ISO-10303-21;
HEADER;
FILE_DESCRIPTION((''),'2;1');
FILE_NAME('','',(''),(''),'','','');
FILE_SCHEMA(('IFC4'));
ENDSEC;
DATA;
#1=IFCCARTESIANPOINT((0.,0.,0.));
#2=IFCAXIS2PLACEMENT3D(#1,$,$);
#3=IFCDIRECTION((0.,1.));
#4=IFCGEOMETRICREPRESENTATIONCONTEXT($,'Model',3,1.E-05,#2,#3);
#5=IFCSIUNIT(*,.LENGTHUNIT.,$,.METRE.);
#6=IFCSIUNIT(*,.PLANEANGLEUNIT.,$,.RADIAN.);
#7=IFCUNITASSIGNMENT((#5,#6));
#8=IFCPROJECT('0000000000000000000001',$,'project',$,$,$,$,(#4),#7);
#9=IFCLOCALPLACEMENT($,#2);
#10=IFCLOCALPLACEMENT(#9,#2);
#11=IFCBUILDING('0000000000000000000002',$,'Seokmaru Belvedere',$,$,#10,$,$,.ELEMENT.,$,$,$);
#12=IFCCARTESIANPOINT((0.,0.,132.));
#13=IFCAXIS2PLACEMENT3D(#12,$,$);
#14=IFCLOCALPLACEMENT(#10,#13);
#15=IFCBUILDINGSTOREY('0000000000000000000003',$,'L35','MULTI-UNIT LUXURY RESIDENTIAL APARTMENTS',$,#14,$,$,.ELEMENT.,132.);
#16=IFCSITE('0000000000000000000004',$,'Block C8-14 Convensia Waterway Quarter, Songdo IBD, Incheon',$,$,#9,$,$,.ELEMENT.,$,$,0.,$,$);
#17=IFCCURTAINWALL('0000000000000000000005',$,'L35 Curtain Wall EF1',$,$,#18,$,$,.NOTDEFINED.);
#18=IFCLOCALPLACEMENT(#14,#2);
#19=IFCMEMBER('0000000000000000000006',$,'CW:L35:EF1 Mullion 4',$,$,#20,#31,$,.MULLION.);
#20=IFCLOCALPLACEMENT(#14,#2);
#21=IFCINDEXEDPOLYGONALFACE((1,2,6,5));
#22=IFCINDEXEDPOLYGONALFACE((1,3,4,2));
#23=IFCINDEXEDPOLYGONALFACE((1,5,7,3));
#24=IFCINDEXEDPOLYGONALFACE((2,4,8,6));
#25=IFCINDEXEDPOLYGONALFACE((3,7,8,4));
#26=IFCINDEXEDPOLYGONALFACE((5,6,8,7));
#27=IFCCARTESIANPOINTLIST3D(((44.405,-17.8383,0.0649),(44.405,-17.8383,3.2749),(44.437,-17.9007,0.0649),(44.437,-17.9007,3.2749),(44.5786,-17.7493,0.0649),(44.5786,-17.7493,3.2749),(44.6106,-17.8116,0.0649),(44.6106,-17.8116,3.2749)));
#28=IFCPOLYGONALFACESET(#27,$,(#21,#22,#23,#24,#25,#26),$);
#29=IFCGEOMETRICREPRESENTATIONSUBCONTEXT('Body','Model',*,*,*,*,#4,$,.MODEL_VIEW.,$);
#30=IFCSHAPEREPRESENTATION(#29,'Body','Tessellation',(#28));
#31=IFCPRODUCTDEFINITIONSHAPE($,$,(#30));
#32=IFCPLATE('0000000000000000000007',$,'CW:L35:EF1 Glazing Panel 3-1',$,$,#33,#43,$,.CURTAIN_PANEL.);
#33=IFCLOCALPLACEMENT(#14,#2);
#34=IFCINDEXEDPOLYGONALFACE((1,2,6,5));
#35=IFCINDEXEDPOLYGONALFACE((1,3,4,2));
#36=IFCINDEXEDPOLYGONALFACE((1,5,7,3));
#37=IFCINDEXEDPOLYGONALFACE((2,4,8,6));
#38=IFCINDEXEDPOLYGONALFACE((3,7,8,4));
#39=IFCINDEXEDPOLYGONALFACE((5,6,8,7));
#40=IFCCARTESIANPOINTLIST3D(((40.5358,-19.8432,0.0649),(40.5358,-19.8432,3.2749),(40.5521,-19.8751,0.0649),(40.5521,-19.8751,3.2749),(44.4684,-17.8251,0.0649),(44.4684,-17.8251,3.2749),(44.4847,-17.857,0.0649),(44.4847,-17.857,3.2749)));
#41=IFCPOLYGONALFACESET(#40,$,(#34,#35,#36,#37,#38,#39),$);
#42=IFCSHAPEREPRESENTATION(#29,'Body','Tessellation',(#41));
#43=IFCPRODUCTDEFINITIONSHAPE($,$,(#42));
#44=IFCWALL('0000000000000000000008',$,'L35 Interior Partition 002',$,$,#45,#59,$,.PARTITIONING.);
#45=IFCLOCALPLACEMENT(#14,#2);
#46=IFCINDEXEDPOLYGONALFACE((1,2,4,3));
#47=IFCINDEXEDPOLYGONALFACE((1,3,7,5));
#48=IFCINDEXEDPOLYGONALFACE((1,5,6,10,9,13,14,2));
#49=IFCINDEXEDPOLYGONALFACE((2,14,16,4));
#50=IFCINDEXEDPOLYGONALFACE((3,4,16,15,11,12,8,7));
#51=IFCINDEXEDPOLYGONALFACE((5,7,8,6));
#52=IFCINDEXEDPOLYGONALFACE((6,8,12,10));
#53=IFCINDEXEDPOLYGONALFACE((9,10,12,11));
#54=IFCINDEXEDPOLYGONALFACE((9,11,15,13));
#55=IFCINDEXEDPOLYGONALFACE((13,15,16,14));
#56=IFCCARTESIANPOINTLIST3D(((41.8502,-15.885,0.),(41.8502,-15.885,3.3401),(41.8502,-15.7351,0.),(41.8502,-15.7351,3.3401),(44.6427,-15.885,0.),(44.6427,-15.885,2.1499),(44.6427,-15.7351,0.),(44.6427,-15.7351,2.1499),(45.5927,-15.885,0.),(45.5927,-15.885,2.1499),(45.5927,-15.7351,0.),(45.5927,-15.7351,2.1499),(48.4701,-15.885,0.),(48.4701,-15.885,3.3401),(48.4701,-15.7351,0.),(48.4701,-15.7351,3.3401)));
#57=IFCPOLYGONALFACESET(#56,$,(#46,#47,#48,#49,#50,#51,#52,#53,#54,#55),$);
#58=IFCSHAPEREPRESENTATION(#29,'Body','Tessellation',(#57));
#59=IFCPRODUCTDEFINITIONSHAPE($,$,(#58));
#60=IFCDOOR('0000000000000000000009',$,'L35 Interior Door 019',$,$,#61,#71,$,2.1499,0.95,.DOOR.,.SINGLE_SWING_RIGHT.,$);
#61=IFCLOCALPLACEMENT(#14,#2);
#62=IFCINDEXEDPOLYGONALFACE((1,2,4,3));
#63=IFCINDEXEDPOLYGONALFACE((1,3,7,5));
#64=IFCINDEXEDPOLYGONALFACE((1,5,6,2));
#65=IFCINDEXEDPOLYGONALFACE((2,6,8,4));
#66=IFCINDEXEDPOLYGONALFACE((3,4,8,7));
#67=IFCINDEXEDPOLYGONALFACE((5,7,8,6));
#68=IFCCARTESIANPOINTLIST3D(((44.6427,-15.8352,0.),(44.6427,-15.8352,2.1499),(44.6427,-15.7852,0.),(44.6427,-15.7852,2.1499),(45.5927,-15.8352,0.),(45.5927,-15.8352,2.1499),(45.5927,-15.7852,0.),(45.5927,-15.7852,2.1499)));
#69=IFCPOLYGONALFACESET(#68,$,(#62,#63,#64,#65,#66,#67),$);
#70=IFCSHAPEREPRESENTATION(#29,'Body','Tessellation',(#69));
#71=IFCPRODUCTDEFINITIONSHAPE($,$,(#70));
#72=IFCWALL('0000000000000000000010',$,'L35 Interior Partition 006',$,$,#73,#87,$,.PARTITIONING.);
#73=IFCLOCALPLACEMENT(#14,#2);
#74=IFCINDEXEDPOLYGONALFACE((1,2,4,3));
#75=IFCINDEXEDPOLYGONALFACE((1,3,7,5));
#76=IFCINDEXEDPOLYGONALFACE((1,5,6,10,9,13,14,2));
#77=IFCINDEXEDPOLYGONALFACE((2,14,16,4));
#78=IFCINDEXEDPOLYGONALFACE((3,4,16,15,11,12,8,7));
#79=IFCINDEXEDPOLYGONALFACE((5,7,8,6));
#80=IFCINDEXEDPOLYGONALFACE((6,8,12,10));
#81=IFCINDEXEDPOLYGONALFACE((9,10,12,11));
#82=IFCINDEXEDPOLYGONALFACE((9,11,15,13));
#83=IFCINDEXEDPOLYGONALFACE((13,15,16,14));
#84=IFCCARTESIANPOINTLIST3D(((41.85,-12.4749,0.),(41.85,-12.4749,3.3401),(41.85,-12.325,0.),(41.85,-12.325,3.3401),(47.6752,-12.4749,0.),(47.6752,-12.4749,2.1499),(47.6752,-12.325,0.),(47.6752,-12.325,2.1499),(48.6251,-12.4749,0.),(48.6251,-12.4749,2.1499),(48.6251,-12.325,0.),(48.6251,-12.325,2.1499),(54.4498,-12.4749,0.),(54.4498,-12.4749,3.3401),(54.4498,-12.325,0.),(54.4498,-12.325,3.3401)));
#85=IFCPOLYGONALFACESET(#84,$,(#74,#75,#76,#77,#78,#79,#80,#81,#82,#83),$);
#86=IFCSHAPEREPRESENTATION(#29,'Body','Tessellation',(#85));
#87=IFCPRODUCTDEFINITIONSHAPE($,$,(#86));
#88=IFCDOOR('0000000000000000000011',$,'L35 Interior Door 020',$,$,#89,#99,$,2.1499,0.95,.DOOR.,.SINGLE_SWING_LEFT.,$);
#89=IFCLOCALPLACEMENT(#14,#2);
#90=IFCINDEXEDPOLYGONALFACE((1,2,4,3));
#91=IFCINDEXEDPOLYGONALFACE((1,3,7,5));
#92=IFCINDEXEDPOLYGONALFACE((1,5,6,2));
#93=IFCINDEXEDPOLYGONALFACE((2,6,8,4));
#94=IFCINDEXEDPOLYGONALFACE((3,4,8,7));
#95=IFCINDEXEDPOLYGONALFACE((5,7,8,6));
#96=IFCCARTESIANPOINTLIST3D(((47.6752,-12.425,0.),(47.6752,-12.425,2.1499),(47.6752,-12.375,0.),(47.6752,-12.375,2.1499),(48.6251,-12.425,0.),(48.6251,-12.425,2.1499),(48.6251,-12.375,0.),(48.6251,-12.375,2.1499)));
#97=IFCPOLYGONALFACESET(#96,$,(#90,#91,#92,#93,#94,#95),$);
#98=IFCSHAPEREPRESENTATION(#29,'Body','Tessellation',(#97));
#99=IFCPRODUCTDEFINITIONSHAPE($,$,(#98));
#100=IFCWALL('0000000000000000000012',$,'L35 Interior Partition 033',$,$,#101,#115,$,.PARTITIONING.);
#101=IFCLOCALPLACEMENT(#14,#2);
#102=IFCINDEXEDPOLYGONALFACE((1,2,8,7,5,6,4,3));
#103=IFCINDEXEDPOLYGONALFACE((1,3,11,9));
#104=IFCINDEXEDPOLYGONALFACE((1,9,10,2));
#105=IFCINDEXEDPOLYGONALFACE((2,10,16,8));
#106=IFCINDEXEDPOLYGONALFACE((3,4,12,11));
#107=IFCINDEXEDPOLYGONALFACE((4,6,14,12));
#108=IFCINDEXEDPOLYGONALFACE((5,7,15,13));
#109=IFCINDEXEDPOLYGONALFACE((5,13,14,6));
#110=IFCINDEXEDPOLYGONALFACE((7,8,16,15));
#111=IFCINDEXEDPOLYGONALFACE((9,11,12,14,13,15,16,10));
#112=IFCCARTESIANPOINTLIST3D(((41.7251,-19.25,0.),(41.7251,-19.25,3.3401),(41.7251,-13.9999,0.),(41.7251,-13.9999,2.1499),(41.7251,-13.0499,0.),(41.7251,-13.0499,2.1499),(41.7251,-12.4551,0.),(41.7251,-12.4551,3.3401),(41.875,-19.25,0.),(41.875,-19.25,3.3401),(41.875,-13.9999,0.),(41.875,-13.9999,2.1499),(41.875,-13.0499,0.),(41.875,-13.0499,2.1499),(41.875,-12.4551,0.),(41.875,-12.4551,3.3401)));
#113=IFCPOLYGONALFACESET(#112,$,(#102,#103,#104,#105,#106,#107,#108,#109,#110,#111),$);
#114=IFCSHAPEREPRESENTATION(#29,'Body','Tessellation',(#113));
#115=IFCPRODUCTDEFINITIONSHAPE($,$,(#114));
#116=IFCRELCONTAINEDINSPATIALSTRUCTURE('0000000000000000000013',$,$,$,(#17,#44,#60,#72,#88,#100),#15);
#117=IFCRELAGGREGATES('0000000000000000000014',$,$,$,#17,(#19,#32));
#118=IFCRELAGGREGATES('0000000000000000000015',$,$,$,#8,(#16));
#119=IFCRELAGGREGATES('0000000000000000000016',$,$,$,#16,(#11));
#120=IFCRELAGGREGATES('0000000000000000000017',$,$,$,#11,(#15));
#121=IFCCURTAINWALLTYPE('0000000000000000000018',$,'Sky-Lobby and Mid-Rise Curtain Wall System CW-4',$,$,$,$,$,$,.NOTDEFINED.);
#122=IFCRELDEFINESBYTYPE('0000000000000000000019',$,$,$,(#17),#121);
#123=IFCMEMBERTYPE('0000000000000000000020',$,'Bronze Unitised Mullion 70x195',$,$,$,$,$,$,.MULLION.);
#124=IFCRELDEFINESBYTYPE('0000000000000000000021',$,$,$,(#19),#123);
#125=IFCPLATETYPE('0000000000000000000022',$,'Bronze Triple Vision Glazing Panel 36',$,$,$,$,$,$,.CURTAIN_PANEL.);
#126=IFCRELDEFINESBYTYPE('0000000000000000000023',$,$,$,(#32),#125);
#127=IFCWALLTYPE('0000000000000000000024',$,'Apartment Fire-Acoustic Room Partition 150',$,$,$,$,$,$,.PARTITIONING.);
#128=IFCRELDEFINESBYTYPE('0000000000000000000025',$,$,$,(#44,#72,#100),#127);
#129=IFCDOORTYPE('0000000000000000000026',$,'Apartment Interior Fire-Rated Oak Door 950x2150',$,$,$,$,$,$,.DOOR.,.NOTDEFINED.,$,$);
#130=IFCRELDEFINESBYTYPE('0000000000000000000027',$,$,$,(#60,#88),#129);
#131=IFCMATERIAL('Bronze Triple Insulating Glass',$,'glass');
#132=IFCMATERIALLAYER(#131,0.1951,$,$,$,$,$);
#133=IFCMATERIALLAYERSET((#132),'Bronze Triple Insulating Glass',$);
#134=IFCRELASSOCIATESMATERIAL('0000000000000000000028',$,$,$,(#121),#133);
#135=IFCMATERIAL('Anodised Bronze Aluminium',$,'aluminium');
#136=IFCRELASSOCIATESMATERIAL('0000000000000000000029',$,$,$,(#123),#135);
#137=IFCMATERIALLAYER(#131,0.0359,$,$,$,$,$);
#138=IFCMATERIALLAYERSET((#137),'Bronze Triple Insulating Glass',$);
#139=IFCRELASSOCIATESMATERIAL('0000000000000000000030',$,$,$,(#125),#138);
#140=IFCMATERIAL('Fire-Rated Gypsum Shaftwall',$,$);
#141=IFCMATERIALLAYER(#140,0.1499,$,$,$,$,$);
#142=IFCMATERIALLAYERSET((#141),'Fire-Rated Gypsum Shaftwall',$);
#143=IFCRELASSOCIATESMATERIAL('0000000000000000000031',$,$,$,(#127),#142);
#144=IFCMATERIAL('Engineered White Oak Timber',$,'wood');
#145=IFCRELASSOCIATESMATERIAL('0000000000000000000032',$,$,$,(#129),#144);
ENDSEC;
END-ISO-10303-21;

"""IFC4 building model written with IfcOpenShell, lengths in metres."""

from ifc_helpers import new_model, si_unit, direction, frame, frame_2d, origin, origin_2d, place, context, subcontext, project, spatial, rectangle, extrude, source, transform, mapped, material, layer, layer_set, material_profile, profile_set, type_object, type_shapes, element, fill, aggregate, save


model = new_model("IFC4")

# Units and contexts
model_context = context("Model", 3, precision=1e-05, world=origin(), true_north=direction((0.0, 1.0)))
body_context = subcontext(model_context, "Body", "Model", "MODEL_VIEW")
ifc_project = project(units=[si_unit("LENGTHUNIT", "METRE"), si_unit("PLANEANGLEUNIT", "RADIAN")], contexts=[model_context])

# Site, building, storey
site_placement = place(None, origin())
site = spatial("IfcSite", under=ifc_project, at=site_placement, Name="Block C8-14 Convensia Waterway Quarter, Songdo IBD, Incheon", CompositionType="ELEMENT", RefElevation=0.0)
building_placement = place(site_placement, origin())
building = spatial("IfcBuilding", under=site, at=building_placement, Name="Seokmaru Belvedere", CompositionType="ELEMENT")
storey_placement = place(building_placement, frame((0.0, 0.0, 132.0)))
storey = spatial("IfcBuildingStorey", under=building, at=storey_placement, Name="L35", Description="MULTI-UNIT LUXURY RESIDENTIAL APARTMENTS", CompositionType="ELEMENT", Elevation=132.0)

# Curtain wall, member, plate
ifc_material_1 = material(Name="Bronze Triple Insulating Glass", Category="glass")
ifc_layer_1 = layer(ifc_material_1, 0.1951)
ifc_layer_set_1 = layer_set([ifc_layer_1], Name="Bronze Triple Insulating Glass")
curtain_wall_type = type_object("IfcCurtainWallType", Name="Sky-Lobby and Mid-Rise Curtain Wall System CW-4", PredefinedType="NOTDEFINED", material=ifc_layer_set_1)
curtain_wall_placement = place(storey_placement, origin())
curtain_wall = element("IfcCurtainWall", 1, at=curtain_wall_placement, inside=storey, type_object=curtain_wall_type, Name="L35 Curtain Wall EF1", PredefinedType="NOTDEFINED")
ifc_material_2 = material(Name="Anodised Bronze Aluminium", Category="aluminium")
ifc_material_profile_1 = material_profile(ifc_material_2, rectangle(XDim=0.0701, YDim=0.1951, at=origin_2d()), Name="CW-M-70x195")
ifc_profile_set_1 = profile_set([ifc_material_profile_1], Name="Anodised Bronze Aluminium")
member_type = type_object("IfcMemberType", Name="Bronze Unitised Mullion 70x195", PredefinedType="MULLION", material=ifc_profile_set_1)
shared_shape_1 = source(origin(), body_context, "Body", "SweptSolid", [
    extrude(rectangle(XDim=0.0701, YDim=0.1951, at=origin_2d()), origin(), (0.0, 0.0, 1.0), 3.21),
])
type_shapes(member_type, [shared_shape_1])
member_1_placement = place(storey_placement, frame((44.5078, -17.825, 0.0649), z_axis=(0.0, 0.0, 1.0), x_axis=(-0.456555, 0.889695, 0.0)))
member_1 = element("IfcMember", 2, at=member_1_placement, type_object=member_type, Name="CW:L35:EF1 Mullion 4", PredefinedType="MULLION", context=body_context, shape_type="MappedRepresentation", body=[
    mapped(shared_shape_1, transform((0.0, 0.0, 0.0), scale=1.0)),
])
ifc_layer_2 = layer(ifc_material_1, 0.0359)
ifc_layer_set_2 = layer_set([ifc_layer_2], Name="Bronze Triple Insulating Glass")
plate_type = type_object("IfcPlateType", Name="Bronze Triple Vision Glazing Panel 36", PredefinedType="CURTAIN_PANEL", material=ifc_layer_set_2)
shared_shape_2 = source(origin(), body_context, "Body", "SweptSolid", [
    extrude(rectangle(XDim=4.4202, YDim=0.0359, at=origin_2d()), origin(), (0.0, 0.0, 1.0), 3.21),
])
type_shapes(plate_type, [shared_shape_2])
plate_placement = place(storey_placement, frame((42.5103, -18.8501, 0.0649), z_axis=(0.0, 0.0, 1.0), x_axis=(0.889695, 0.456555, 0.0)))
plate = element("IfcPlate", 3, at=plate_placement, type_object=plate_type, Name="CW:L35:EF1 Glazing Panel 3-1", PredefinedType="CURTAIN_PANEL", context=body_context, shape_type="MappedRepresentation", body=[
    mapped(shared_shape_2, transform((0.0, 0.0, 0.0), scale=1.0)),
])
aggregate(curtain_wall, [member_1, plate])

# Wall, opening, door
ifc_material_3 = material(Name="Fire-Rated Gypsum Shaftwall")
ifc_layer_3 = layer(ifc_material_3, 0.1499)
ifc_layer_set_3 = layer_set([ifc_layer_3], Name="Fire-Rated Gypsum Shaftwall")
wall_type = type_object("IfcWallType", Name="Apartment Fire-Acoustic Room Partition 150", PredefinedType="PARTITIONING", material=ifc_layer_set_3)
wall_1_placement = place(storey_placement, frame((41.8501, -15.8101, 0.0), z_axis=(0.0, 0.0, 1.0), x_axis=(1.0, 0.0, 0.0)))
wall_1 = element("IfcWall", 4, at=wall_1_placement, inside=storey, type_object=wall_type, Name="L35 Interior Partition 002", PredefinedType="PARTITIONING", context=body_context, shape_type="SweptSolid", body=[
    extrude(rectangle(XDim=6.6199, YDim=0.1499, at=frame_2d((3.3101, 0.0))), origin(), (0.0, 0.0, 1.0), 3.3401),
])
opening_1_placement = place(wall_1_placement, frame((2.7925, 0.0, 0.0)))
opening_1 = element("IfcOpeningElement", 5, at=opening_1_placement, cuts=wall_1, PredefinedType="OPENING", context=body_context, shape_type="SweptSolid", body=[
    extrude(rectangle(XDim=0.95, YDim=2.1499, at=frame_2d((0.4751, 1.075))), frame((0.0, 0.085, 0.0), z_axis=(0.0, -1.0, 0.0), x_axis=(1.0, 0.0, 0.0)), (0.0, 0.0, 1.0), 0.1699),
])
ifc_material_4 = material(Name="Engineered White Oak Timber", Category="wood")
door_type = type_object("IfcDoorType", Name="Apartment Interior Fire-Rated Oak Door 950x2150", OperationType="NOTDEFINED", PredefinedType="DOOR", material=ifc_material_4)
shared_shape_3 = source(origin(), body_context, "Body", "SweptSolid", [
    extrude(rectangle(XDim=0.95, YDim=2.1499, at=frame_2d((0.4751, 1.075))), frame((0.0, 0.0249, 0.0), z_axis=(0.0, -1.0, 0.0), x_axis=(1.0, 0.0, 0.0)), (0.0, 0.0, 1.0), 0.05),
])
type_shapes(door_type, [shared_shape_3])
door_1_placement = place(opening_1_placement, origin())
door_1 = element("IfcDoor", 6, at=door_1_placement, inside=storey, type_object=door_type, Name="L35 Interior Door 019", OperationType="SINGLE_SWING_RIGHT", OverallHeight=2.1499, OverallWidth=0.95, PredefinedType="DOOR", context=body_context, shape_type="MappedRepresentation", body=[
    mapped(shared_shape_3, transform((0.0, 0.0, 0.0), scale=1.0)),
])
fill(opening_1, door_1)

# Wall, opening, door
wall_2_placement = place(storey_placement, frame((41.8501, -12.3999, 0.0), z_axis=(0.0, 0.0, 1.0), x_axis=(1.0, 0.0, 0.0)))
wall_2 = element("IfcWall", 7, at=wall_2_placement, inside=storey, type_object=wall_type, Name="L35 Interior Partition 006", PredefinedType="PARTITIONING", context=body_context, shape_type="SweptSolid", body=[
    extrude(rectangle(XDim=12.5999, YDim=0.1499, at=frame_2d((6.2998, 0.0))), origin(), (0.0, 0.0, 1.0), 3.3401),
])
opening_2_placement = place(wall_2_placement, frame((5.825, 0.0, 0.0)))
opening_2 = element("IfcOpeningElement", 8, at=opening_2_placement, cuts=wall_2, PredefinedType="OPENING", context=body_context, shape_type="SweptSolid", body=[
    extrude(rectangle(XDim=0.95, YDim=2.1499, at=frame_2d((0.4751, 1.075))), frame((0.0, 0.085, 0.0), z_axis=(0.0, -1.0, 0.0), x_axis=(1.0, 0.0, 0.0)), (0.0, 0.0, 1.0), 0.1699),
])
door_2_placement = place(opening_2_placement, origin())
door_2 = element("IfcDoor", 9, at=door_2_placement, inside=storey, type_object=door_type, Name="L35 Interior Door 020", OperationType="SINGLE_SWING_LEFT", OverallHeight=2.1499, OverallWidth=0.95, PredefinedType="DOOR", context=body_context, shape_type="MappedRepresentation", body=[
    mapped(shared_shape_3, transform((0.0, 0.0, 0.0), scale=1.0)),
])
fill(opening_2, door_2)

# Wall, opening
wall_3_placement = place(storey_placement, frame((41.8, -19.25, 0.0), z_axis=(0.0, 0.0, 1.0), x_axis=(0.0, 1.0, 0.0)))
wall_3 = element("IfcWall", 10, at=wall_3_placement, inside=storey, type_object=wall_type, Name="L35 Interior Partition 033", PredefinedType="PARTITIONING", context=body_context, shape_type="SweptSolid", body=[
    extrude(rectangle(XDim=6.7949, YDim=0.1499, at=frame_2d((3.3975, 0.0))), origin(), (0.0, 0.0, 1.0), 3.3401),
])
opening_3_placement = place(wall_3_placement, frame((5.25, 0.0, 0.0)))
element("IfcOpeningElement", 11, at=opening_3_placement, cuts=wall_3, PredefinedType="OPENING", context=body_context, shape_type="SweptSolid", body=[
    extrude(rectangle(XDim=0.95, YDim=2.1499, at=frame_2d((0.4751, 1.075))), frame((0.0, 0.085, 0.0), z_axis=(0.0, -1.0, 0.0), x_axis=(1.0, 0.0, 0.0)), (0.0, 0.0, 1.0), 0.1699),
])

save(model, "model.ifc")
